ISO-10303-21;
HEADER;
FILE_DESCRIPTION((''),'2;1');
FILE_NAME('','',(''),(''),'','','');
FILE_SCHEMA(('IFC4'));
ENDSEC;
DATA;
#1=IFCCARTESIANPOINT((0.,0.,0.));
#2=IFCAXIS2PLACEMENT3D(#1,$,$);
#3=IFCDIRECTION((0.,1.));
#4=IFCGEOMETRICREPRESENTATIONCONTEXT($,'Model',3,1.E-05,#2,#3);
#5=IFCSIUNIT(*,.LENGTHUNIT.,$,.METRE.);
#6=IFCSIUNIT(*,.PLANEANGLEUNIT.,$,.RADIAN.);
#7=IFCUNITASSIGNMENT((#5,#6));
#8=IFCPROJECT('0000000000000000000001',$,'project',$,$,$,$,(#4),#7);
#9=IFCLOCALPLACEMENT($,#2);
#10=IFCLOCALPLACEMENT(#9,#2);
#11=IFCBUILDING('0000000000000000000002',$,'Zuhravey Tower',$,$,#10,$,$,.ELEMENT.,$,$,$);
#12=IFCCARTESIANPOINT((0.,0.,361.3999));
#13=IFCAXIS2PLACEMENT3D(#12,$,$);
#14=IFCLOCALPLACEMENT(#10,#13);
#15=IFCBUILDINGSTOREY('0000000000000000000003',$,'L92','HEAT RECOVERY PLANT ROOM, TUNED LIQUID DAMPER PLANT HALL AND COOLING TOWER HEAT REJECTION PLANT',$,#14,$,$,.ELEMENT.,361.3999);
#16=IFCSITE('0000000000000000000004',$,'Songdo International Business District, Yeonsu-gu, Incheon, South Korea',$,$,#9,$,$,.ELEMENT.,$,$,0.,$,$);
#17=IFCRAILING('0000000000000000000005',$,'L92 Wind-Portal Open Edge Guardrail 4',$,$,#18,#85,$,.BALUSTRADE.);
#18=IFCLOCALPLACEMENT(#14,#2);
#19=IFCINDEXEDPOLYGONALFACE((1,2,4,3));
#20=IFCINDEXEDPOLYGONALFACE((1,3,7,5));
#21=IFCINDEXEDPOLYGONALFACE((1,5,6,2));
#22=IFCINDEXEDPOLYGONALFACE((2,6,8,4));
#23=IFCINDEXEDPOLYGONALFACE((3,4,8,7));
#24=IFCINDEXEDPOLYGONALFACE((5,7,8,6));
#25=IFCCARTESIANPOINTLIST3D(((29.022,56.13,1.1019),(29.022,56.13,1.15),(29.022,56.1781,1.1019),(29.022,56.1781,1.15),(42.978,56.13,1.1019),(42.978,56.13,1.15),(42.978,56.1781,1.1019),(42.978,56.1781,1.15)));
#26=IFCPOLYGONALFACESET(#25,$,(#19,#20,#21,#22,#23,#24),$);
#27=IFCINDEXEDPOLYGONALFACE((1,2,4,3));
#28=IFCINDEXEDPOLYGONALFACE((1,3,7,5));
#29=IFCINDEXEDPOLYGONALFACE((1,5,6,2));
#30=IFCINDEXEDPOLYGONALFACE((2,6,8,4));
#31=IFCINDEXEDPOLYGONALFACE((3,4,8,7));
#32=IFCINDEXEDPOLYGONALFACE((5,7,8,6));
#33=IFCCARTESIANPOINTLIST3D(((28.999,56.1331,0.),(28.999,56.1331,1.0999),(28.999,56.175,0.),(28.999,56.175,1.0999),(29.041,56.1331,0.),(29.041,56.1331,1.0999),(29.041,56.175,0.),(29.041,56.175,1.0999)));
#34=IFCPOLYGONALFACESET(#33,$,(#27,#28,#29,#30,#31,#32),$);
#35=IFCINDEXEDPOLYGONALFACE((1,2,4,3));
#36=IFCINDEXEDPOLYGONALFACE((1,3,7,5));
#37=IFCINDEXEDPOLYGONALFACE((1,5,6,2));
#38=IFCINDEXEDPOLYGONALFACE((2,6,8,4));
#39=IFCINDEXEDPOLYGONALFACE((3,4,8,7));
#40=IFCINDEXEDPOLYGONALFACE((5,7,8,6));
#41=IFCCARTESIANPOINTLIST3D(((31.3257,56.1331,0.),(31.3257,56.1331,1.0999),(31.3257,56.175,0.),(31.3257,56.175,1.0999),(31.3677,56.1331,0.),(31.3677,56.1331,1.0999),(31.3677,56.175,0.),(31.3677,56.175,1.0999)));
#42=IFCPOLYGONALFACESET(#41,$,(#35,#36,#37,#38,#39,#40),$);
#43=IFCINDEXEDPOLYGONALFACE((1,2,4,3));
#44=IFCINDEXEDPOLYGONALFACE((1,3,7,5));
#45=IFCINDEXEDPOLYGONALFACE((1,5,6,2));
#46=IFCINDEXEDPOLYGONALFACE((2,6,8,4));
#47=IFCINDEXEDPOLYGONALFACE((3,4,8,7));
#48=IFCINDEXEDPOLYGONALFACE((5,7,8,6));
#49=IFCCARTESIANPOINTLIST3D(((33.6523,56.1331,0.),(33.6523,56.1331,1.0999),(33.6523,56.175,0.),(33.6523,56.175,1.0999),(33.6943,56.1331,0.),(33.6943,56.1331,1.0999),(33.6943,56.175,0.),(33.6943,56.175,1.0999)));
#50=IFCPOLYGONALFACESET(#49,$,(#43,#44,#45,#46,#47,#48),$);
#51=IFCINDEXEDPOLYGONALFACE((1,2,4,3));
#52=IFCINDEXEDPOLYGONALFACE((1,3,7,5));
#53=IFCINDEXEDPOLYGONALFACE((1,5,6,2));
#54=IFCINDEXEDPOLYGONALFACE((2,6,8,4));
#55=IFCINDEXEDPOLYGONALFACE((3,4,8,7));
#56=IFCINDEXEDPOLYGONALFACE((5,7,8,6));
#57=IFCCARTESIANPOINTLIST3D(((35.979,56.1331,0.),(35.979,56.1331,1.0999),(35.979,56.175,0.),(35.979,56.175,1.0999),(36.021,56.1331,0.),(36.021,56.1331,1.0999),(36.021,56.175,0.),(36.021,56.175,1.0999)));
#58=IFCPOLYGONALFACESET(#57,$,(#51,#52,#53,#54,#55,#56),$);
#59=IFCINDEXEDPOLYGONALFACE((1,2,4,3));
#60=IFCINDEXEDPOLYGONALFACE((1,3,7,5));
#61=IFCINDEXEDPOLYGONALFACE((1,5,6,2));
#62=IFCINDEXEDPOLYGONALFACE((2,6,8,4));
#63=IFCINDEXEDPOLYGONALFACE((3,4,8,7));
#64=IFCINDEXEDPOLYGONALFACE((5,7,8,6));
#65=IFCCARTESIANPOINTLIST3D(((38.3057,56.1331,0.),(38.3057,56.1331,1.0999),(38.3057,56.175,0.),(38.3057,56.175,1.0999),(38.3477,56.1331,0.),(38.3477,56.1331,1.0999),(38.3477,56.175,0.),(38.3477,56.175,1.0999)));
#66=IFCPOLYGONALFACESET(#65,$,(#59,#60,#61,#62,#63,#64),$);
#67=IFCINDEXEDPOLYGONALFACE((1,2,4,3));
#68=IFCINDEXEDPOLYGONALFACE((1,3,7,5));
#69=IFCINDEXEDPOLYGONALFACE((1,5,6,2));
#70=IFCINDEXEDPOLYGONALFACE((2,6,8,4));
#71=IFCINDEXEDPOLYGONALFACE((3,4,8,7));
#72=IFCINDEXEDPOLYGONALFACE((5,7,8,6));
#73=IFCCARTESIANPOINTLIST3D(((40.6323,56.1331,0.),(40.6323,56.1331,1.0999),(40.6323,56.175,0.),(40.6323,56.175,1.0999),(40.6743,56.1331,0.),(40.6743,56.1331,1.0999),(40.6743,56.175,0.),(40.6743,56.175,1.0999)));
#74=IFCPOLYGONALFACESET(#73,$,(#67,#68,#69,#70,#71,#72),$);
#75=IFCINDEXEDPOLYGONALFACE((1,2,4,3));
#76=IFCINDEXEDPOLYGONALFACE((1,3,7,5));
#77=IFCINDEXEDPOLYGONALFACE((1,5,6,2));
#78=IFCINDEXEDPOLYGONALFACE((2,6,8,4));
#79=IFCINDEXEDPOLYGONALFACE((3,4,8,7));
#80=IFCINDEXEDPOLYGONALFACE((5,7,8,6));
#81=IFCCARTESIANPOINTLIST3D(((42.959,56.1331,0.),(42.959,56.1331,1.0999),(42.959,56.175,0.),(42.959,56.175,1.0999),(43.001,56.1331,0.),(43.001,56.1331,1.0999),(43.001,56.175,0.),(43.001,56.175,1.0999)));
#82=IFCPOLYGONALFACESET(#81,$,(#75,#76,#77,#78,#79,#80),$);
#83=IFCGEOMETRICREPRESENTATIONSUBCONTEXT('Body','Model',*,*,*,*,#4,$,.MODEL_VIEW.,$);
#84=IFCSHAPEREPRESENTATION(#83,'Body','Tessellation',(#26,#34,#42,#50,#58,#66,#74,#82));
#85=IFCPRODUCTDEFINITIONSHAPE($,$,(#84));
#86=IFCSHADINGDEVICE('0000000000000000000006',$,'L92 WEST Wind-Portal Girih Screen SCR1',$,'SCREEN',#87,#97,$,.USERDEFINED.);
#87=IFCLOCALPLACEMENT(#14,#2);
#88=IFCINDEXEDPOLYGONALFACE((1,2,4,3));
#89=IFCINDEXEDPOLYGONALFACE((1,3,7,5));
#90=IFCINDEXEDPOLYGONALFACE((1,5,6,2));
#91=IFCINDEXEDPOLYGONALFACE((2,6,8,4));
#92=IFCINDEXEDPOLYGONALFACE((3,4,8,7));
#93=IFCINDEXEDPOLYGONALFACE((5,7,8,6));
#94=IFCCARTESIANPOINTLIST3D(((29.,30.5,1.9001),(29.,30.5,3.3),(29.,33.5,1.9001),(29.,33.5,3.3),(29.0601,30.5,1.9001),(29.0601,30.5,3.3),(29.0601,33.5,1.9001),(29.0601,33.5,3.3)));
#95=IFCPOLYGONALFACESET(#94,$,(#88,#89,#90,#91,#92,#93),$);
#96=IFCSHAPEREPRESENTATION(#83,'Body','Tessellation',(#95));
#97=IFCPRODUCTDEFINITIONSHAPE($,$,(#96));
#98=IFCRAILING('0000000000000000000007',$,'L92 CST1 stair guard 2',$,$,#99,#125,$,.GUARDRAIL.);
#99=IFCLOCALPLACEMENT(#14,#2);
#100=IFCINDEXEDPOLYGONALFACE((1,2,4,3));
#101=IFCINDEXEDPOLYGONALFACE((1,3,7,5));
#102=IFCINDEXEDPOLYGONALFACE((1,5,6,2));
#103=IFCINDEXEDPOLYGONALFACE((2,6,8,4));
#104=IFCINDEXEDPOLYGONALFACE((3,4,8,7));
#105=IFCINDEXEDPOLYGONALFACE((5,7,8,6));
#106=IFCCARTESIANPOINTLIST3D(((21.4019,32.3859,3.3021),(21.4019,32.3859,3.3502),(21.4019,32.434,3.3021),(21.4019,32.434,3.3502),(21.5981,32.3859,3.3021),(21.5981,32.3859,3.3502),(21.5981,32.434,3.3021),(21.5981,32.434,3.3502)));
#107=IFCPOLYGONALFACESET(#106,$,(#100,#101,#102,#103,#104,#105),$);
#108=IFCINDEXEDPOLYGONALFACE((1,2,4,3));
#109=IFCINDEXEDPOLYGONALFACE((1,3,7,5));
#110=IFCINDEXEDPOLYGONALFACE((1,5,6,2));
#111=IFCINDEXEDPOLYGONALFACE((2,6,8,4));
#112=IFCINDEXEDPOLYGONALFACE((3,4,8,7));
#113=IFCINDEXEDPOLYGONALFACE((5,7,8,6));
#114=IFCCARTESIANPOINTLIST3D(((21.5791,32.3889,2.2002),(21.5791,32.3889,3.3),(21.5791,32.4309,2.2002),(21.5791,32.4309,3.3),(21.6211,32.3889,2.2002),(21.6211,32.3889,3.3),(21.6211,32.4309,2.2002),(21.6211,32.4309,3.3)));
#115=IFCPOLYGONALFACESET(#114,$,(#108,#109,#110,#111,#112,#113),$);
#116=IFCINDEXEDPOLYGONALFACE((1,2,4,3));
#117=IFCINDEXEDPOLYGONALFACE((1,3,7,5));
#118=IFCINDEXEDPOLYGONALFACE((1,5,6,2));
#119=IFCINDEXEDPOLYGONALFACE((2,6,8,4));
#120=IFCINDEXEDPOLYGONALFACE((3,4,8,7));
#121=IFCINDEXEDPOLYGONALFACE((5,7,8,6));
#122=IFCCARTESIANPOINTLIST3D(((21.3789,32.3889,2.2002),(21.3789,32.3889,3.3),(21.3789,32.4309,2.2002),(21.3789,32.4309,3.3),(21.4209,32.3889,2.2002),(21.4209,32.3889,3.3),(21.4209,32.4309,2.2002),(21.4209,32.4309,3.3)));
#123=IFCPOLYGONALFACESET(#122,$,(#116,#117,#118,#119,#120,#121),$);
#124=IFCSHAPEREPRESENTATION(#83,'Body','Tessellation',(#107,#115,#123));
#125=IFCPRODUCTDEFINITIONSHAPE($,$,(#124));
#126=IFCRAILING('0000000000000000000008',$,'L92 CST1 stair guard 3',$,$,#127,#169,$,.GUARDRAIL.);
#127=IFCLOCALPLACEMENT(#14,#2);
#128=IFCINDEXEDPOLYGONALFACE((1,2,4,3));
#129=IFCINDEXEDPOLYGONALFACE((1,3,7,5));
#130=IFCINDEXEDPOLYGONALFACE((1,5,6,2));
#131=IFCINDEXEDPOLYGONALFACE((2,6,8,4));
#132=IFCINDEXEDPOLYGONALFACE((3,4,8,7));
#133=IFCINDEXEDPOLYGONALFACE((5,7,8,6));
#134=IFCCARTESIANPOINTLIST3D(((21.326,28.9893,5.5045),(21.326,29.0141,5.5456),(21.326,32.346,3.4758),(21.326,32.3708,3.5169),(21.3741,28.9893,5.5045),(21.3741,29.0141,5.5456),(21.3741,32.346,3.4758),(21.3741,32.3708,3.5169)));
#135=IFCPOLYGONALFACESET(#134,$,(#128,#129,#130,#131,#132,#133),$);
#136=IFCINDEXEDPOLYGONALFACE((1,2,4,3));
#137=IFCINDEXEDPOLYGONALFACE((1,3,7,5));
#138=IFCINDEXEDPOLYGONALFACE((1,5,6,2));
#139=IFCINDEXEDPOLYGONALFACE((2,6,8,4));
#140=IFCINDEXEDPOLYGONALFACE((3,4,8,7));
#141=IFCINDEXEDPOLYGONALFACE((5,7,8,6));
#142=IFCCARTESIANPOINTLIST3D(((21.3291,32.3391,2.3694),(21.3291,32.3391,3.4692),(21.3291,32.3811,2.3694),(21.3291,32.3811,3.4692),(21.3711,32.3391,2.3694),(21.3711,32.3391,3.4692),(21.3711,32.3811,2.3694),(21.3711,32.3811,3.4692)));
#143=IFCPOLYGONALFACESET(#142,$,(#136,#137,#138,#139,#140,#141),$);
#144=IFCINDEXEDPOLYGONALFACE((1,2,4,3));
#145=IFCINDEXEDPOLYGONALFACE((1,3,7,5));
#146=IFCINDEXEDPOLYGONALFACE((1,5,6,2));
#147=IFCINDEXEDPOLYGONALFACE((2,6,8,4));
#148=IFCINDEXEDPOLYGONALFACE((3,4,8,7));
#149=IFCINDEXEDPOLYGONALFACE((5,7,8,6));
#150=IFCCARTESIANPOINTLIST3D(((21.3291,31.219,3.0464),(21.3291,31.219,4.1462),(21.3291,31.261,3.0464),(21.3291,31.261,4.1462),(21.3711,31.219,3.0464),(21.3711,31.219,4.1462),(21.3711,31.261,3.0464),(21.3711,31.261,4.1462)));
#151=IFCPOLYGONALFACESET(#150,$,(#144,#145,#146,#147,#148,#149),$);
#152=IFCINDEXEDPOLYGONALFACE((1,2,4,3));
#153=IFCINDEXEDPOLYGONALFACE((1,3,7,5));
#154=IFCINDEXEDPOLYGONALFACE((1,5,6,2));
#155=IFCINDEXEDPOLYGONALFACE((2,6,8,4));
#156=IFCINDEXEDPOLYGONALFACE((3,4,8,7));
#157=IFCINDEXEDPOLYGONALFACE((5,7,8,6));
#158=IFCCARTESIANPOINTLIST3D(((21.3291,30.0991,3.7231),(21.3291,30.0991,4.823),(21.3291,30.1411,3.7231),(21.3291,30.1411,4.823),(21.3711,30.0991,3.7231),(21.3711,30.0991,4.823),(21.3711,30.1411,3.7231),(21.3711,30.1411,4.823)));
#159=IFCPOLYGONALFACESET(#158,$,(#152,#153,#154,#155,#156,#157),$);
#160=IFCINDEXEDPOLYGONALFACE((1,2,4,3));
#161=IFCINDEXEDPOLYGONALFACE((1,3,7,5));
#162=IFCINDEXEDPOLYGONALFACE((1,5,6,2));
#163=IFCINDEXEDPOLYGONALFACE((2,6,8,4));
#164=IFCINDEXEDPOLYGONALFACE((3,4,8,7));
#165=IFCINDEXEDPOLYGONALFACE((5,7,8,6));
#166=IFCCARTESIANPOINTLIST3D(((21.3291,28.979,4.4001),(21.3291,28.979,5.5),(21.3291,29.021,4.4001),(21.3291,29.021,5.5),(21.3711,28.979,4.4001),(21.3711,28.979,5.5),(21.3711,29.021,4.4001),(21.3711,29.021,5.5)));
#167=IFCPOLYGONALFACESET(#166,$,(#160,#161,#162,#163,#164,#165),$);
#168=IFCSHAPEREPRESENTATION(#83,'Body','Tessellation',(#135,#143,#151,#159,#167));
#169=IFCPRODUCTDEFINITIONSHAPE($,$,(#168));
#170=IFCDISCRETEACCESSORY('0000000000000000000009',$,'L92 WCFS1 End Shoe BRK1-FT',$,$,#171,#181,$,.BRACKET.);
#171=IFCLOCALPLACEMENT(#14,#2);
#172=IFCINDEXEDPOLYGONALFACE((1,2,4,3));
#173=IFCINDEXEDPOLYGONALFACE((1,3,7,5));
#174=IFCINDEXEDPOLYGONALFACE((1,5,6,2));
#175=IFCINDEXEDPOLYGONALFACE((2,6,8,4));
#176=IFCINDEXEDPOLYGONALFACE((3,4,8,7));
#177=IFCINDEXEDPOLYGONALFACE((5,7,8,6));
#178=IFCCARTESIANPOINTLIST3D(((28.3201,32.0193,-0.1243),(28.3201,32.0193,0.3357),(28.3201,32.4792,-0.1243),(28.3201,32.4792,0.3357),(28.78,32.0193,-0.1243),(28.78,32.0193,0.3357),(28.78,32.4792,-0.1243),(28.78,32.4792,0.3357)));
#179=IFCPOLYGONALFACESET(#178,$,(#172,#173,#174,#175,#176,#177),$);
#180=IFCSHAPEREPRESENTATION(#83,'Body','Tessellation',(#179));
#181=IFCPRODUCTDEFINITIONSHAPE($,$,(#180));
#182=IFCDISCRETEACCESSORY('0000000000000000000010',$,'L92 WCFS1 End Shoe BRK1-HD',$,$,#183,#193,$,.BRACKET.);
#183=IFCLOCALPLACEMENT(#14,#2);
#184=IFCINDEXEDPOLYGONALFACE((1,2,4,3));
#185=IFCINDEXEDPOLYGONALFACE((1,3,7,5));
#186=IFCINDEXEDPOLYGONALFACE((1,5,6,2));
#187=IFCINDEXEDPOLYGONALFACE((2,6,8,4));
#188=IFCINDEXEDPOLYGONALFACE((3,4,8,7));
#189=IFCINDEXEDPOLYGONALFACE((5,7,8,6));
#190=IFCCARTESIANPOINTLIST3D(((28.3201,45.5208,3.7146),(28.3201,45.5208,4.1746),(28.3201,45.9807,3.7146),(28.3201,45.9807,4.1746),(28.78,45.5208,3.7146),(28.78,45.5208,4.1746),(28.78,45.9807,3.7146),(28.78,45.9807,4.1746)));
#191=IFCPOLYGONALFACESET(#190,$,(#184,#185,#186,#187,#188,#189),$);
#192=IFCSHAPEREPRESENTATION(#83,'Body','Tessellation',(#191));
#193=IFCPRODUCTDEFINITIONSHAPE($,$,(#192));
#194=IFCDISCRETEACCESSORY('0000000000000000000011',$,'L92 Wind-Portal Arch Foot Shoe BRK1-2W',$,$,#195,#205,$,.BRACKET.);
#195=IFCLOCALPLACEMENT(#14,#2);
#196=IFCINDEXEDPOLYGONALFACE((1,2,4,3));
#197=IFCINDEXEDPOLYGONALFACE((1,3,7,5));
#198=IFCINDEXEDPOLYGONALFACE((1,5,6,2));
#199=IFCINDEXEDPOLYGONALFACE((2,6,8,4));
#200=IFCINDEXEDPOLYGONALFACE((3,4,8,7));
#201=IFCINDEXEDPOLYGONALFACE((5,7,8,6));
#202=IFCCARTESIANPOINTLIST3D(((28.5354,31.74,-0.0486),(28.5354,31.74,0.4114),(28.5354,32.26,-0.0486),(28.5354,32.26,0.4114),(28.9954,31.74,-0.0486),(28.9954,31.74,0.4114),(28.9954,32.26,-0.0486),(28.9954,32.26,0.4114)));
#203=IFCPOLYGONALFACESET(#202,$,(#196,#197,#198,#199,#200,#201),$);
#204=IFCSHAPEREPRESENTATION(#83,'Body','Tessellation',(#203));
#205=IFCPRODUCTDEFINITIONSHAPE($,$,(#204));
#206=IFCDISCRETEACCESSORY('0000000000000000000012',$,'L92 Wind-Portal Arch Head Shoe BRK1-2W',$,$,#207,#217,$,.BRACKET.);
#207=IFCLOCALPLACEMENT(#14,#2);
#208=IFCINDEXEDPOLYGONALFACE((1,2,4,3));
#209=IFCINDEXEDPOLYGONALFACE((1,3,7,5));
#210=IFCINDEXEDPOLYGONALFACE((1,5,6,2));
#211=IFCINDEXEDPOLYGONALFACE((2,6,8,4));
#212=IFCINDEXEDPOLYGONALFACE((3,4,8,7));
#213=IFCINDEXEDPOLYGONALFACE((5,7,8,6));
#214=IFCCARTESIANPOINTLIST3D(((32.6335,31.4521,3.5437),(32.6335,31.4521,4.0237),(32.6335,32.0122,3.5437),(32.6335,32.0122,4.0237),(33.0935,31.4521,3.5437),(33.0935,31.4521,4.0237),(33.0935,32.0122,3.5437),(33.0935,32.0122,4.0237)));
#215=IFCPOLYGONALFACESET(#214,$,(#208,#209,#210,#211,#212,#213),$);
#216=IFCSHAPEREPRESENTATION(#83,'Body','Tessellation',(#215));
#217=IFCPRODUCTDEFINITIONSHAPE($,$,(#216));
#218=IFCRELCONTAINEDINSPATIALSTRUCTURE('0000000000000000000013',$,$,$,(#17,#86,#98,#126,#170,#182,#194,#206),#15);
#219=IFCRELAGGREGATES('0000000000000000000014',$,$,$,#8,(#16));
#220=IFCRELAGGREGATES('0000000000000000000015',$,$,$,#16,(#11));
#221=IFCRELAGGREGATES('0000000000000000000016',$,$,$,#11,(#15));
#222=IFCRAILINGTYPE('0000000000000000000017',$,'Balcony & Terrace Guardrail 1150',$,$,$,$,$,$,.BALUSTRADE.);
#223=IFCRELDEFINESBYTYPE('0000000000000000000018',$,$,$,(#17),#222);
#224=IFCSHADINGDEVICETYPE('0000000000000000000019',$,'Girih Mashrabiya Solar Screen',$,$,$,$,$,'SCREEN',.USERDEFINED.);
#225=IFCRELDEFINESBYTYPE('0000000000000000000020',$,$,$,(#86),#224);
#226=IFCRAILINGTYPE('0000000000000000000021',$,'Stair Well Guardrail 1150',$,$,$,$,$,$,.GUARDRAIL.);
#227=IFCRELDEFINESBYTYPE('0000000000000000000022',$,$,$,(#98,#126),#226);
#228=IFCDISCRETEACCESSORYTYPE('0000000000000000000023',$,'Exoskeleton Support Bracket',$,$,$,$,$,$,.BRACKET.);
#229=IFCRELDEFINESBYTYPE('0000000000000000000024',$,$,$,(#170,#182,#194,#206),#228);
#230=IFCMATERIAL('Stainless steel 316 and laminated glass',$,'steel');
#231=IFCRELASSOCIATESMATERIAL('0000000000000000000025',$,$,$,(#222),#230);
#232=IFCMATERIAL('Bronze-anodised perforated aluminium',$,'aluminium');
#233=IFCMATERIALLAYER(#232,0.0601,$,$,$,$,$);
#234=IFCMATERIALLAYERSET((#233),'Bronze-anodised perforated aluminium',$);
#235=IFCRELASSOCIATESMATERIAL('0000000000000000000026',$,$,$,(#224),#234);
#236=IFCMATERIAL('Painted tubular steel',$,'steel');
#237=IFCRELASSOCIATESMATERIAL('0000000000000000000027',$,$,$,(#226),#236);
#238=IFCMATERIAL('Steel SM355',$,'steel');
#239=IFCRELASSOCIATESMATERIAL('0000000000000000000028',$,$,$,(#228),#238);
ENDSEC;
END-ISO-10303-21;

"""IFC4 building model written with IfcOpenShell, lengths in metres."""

from ifc_helpers import new_model, si_unit, direction, frame, origin, origin_2d, place, context, subcontext, project, spatial, rectangle, extrude, material, layer, layer_set, type_object, element, save


model = new_model("IFC4")

# Units and contexts
model_context = context("Model", 3, precision=1e-05, world=origin(), true_north=direction((0.0, 1.0)))
body_context = subcontext(model_context, "Body", "Model", "MODEL_VIEW")
ifc_project = project(units=[si_unit("LENGTHUNIT", "METRE"), si_unit("PLANEANGLEUNIT", "RADIAN")], contexts=[model_context])

# Site, building, storey
site_placement = place(None, origin())
site = spatial("IfcSite", under=ifc_project, at=site_placement, Name="Songdo International Business District, Yeonsu-gu, Incheon, South Korea", CompositionType="ELEMENT", RefElevation=0.0)
building_placement = place(site_placement, origin())
building = spatial("IfcBuilding", under=site, at=building_placement, Name="Zuhravey Tower", CompositionType="ELEMENT")
storey_placement = place(building_placement, frame((0.0, 0.0, 361.3999)))
storey = spatial("IfcBuildingStorey", under=building, at=storey_placement, Name="L92", Description="HEAT RECOVERY PLANT ROOM, TUNED LIQUID DAMPER PLANT HALL AND COOLING TOWER HEAT REJECTION PLANT", CompositionType="ELEMENT", Elevation=361.3999)

# Shared definitions
ifc_material_1 = material(Name="Steel SM355", Category="steel")

# Railing
ifc_material_2 = material(Name="Stainless steel 316 and laminated glass", Category="steel")
railing_type_1 = type_object("IfcRailingType", Name="Balcony & Terrace Guardrail 1150", PredefinedType="BALUSTRADE", material=ifc_material_2)
railing_1_placement = place(storey_placement, frame((29.02, 56.1541, 0.0)))
element("IfcRailing", 1, at=railing_1_placement, inside=storey, type_object=railing_type_1, Name="L92 Wind-Portal Open Edge Guardrail 4", PredefinedType="BALUSTRADE", context=body_context, shape_type="SweptSolid", body=[
    extrude(rectangle(XDim=0.0481, YDim=0.0481, at=origin_2d()), frame((0.002, 0.0, 1.126), z_axis=(1.0, 0.0, 0.0), x_axis=(0.0, 1.0, 0.0)), (0.0, 0.0, 1.0), 13.9561),
    extrude(rectangle(XDim=0.042, YDim=0.042, at=origin_2d()), origin(), (0.0, 0.0, 1.0), 1.0999),
    extrude(rectangle(XDim=0.042, YDim=0.042, at=origin_2d()), frame((2.3267, 0.0, 0.0)), (0.0, 0.0, 1.0), 1.0999),
    extrude(rectangle(XDim=0.042, YDim=0.042, at=origin_2d()), frame((4.6533, 0.0, 0.0)), (0.0, 0.0, 1.0), 1.0999),
    extrude(rectangle(XDim=0.042, YDim=0.042, at=origin_2d()), frame((6.98, 0.0, 0.0)), (0.0, 0.0, 1.0), 1.0999),
    extrude(rectangle(XDim=0.042, YDim=0.042, at=origin_2d()), frame((9.3066, 0.0, 0.0)), (0.0, 0.0, 1.0), 1.0999),
    extrude(rectangle(XDim=0.042, YDim=0.042, at=origin_2d()), frame((11.6333, 0.0, 0.0)), (0.0, 0.0, 1.0), 1.0999),
    extrude(rectangle(XDim=0.042, YDim=0.042, at=origin_2d()), frame((13.96, 0.0, 0.0)), (0.0, 0.0, 1.0), 1.0999),
])

# Shading device
ifc_material_3 = material(Name="Bronze-anodised perforated aluminium", Category="aluminium")
ifc_layer_1 = layer(ifc_material_3, 0.0601)
ifc_layer_set_1 = layer_set([ifc_layer_1], Name="Bronze-anodised perforated aluminium")
shading_device_type = type_object("IfcShadingDeviceType", Name="Girih Mashrabiya Solar Screen", ElementType="SCREEN", PredefinedType="USERDEFINED", material=ifc_layer_set_1)
shading_device_placement = place(storey_placement, frame((29.03, 32.0, 1.9001), z_axis=(0.0, 0.0, 1.0), x_axis=(0.0, 1.0, 0.0)))
element("IfcShadingDevice", 2, at=shading_device_placement, inside=storey, type_object=shading_device_type, Name="L92 WEST Wind-Portal Girih Screen SCR1", ObjectType="SCREEN", PredefinedType="USERDEFINED", context=body_context, shape_type="SweptSolid", body=[
    extrude(rectangle(XDim=3.0, YDim=0.0601, at=origin_2d()), origin(), (0.0, 0.0, 1.0), 1.3999),
])

# Railings
ifc_material_4 = material(Name="Painted tubular steel", Category="steel")
railing_type_2 = type_object("IfcRailingType", Name="Stair Well Guardrail 1150", PredefinedType="GUARDRAIL", material=ifc_material_4)
railing_2_placement = place(storey_placement, frame((21.6001, 32.4099, 2.2002)))
element("IfcRailing", 3, at=railing_2_placement, inside=storey, type_object=railing_type_2, Name="L92 CST1 stair guard 2", PredefinedType="GUARDRAIL", context=body_context, shape_type="SweptSolid", body=[
    extrude(rectangle(XDim=0.0481, YDim=0.0481, at=origin_2d()), frame((-0.002, 0.0, 1.126), z_axis=(-1.0, 0.0, 0.0), x_axis=(0.0, -1.0, 0.0)), (0.0, 0.0, 1.0), 0.1963),
    extrude(rectangle(XDim=0.042, YDim=0.042, at=origin_2d()), origin(), (0.0, 0.0, 1.0), 1.0999),
    extrude(rectangle(XDim=0.042, YDim=0.042, at=origin_2d()), frame((-0.2002, 0.0, 0.0)), (0.0, 0.0, 1.0), 1.0999),
])
railing_3_placement = place(storey_placement, frame((21.3501, 32.3601, 2.3694)))
element("IfcRailing", 4, at=railing_3_placement, inside=storey, type_object=railing_type_2, Name="L92 CST1 stair guard 3", PredefinedType="GUARDRAIL", context=body_context, shape_type="SweptSolid", body=[
    extrude(rectangle(XDim=0.0481, YDim=0.0481, at=origin_2d()), frame((0.0, -0.0017, 1.127), z_axis=(0.0, -0.855837, 0.517246), x_axis=(1.0, 0.0, 0.0)), (0.0, 0.0, 1.0), 3.9221),
    extrude(rectangle(XDim=0.042, YDim=0.042, at=origin_2d()), origin(), (0.0, 0.0, 1.0), 1.0999),
    extrude(rectangle(XDim=0.042, YDim=0.042, at=origin_2d()), frame((0.0, -1.1201, 0.677)), (0.0, 0.0, 1.0), 1.0999),
    extrude(rectangle(XDim=0.042, YDim=0.042, at=origin_2d()), frame((0.0, -2.24, 1.3538)), (0.0, 0.0, 1.0), 1.0999),
    extrude(rectangle(XDim=0.042, YDim=0.042, at=origin_2d()), frame((0.0, -3.3601, 2.0308)), (0.0, 0.0, 1.0), 1.0999),
])

# Discrete accessories
discrete_accessory_type = type_object("IfcDiscreteAccessoryType", Name="Exoskeleton Support Bracket", PredefinedType="BRACKET", material=ifc_material_1)
for number, where, z_axis, x_axis, name in (
    (5, (28.55, 32.2493, -0.1243), (0.0, 0.0, 1.0), (1.0, 0.0, 0.0), "L92 WCFS1 End Shoe BRK1-FT"),
    (6, (28.55, 45.7507, 3.7146), (0.0, 0.0, 1.0), (1.0, 0.0, 0.0), "L92 WCFS1 End Shoe BRK1-HD"),
):
    element("IfcDiscreteAccessory", number, at=place(storey_placement, frame(where, z_axis=z_axis, x_axis=x_axis)), inside=storey, type_object=discrete_accessory_type, Name=name, PredefinedType="BRACKET", context=body_context, shape_type="SweptSolid", body=[
        extrude(rectangle(XDim=0.46, YDim=0.46, at=origin_2d()), origin(), (0.0, 0.0, 1.0), 0.46),
    ])
discrete_accessory_1_placement = place(storey_placement, frame((28.7654, 32.0, -0.0486), z_axis=(0.0, 0.0, 1.0), x_axis=(1.0, 0.0, 0.0)))
element("IfcDiscreteAccessory", 7, at=discrete_accessory_1_placement, inside=storey, type_object=discrete_accessory_type, Name="L92 Wind-Portal Arch Foot Shoe BRK1-2W", PredefinedType="BRACKET", context=body_context, shape_type="SweptSolid", body=[
    extrude(rectangle(XDim=0.46, YDim=0.52, at=origin_2d()), origin(), (0.0, 0.0, 1.0), 0.46),
])
for number, where, z_axis, x_axis, name in (
    (8, (32.8635, 31.7322, 3.5437), (0.0, 0.0, 1.0), (1.0, 0.0, 0.0), "L92 Wind-Portal Arch Head Shoe BRK1-2W"),
):
    element("IfcDiscreteAccessory", number, at=place(storey_placement, frame(where, z_axis=z_axis, x_axis=x_axis)), inside=storey, type_object=discrete_accessory_type, Name=name, PredefinedType="BRACKET", context=body_context, shape_type="SweptSolid", body=[
        extrude(rectangle(XDim=0.46, YDim=0.5601, at=origin_2d()), origin(), (0.0, 0.0, 1.0), 0.48),
    ])

save(model, "model.ifc")
